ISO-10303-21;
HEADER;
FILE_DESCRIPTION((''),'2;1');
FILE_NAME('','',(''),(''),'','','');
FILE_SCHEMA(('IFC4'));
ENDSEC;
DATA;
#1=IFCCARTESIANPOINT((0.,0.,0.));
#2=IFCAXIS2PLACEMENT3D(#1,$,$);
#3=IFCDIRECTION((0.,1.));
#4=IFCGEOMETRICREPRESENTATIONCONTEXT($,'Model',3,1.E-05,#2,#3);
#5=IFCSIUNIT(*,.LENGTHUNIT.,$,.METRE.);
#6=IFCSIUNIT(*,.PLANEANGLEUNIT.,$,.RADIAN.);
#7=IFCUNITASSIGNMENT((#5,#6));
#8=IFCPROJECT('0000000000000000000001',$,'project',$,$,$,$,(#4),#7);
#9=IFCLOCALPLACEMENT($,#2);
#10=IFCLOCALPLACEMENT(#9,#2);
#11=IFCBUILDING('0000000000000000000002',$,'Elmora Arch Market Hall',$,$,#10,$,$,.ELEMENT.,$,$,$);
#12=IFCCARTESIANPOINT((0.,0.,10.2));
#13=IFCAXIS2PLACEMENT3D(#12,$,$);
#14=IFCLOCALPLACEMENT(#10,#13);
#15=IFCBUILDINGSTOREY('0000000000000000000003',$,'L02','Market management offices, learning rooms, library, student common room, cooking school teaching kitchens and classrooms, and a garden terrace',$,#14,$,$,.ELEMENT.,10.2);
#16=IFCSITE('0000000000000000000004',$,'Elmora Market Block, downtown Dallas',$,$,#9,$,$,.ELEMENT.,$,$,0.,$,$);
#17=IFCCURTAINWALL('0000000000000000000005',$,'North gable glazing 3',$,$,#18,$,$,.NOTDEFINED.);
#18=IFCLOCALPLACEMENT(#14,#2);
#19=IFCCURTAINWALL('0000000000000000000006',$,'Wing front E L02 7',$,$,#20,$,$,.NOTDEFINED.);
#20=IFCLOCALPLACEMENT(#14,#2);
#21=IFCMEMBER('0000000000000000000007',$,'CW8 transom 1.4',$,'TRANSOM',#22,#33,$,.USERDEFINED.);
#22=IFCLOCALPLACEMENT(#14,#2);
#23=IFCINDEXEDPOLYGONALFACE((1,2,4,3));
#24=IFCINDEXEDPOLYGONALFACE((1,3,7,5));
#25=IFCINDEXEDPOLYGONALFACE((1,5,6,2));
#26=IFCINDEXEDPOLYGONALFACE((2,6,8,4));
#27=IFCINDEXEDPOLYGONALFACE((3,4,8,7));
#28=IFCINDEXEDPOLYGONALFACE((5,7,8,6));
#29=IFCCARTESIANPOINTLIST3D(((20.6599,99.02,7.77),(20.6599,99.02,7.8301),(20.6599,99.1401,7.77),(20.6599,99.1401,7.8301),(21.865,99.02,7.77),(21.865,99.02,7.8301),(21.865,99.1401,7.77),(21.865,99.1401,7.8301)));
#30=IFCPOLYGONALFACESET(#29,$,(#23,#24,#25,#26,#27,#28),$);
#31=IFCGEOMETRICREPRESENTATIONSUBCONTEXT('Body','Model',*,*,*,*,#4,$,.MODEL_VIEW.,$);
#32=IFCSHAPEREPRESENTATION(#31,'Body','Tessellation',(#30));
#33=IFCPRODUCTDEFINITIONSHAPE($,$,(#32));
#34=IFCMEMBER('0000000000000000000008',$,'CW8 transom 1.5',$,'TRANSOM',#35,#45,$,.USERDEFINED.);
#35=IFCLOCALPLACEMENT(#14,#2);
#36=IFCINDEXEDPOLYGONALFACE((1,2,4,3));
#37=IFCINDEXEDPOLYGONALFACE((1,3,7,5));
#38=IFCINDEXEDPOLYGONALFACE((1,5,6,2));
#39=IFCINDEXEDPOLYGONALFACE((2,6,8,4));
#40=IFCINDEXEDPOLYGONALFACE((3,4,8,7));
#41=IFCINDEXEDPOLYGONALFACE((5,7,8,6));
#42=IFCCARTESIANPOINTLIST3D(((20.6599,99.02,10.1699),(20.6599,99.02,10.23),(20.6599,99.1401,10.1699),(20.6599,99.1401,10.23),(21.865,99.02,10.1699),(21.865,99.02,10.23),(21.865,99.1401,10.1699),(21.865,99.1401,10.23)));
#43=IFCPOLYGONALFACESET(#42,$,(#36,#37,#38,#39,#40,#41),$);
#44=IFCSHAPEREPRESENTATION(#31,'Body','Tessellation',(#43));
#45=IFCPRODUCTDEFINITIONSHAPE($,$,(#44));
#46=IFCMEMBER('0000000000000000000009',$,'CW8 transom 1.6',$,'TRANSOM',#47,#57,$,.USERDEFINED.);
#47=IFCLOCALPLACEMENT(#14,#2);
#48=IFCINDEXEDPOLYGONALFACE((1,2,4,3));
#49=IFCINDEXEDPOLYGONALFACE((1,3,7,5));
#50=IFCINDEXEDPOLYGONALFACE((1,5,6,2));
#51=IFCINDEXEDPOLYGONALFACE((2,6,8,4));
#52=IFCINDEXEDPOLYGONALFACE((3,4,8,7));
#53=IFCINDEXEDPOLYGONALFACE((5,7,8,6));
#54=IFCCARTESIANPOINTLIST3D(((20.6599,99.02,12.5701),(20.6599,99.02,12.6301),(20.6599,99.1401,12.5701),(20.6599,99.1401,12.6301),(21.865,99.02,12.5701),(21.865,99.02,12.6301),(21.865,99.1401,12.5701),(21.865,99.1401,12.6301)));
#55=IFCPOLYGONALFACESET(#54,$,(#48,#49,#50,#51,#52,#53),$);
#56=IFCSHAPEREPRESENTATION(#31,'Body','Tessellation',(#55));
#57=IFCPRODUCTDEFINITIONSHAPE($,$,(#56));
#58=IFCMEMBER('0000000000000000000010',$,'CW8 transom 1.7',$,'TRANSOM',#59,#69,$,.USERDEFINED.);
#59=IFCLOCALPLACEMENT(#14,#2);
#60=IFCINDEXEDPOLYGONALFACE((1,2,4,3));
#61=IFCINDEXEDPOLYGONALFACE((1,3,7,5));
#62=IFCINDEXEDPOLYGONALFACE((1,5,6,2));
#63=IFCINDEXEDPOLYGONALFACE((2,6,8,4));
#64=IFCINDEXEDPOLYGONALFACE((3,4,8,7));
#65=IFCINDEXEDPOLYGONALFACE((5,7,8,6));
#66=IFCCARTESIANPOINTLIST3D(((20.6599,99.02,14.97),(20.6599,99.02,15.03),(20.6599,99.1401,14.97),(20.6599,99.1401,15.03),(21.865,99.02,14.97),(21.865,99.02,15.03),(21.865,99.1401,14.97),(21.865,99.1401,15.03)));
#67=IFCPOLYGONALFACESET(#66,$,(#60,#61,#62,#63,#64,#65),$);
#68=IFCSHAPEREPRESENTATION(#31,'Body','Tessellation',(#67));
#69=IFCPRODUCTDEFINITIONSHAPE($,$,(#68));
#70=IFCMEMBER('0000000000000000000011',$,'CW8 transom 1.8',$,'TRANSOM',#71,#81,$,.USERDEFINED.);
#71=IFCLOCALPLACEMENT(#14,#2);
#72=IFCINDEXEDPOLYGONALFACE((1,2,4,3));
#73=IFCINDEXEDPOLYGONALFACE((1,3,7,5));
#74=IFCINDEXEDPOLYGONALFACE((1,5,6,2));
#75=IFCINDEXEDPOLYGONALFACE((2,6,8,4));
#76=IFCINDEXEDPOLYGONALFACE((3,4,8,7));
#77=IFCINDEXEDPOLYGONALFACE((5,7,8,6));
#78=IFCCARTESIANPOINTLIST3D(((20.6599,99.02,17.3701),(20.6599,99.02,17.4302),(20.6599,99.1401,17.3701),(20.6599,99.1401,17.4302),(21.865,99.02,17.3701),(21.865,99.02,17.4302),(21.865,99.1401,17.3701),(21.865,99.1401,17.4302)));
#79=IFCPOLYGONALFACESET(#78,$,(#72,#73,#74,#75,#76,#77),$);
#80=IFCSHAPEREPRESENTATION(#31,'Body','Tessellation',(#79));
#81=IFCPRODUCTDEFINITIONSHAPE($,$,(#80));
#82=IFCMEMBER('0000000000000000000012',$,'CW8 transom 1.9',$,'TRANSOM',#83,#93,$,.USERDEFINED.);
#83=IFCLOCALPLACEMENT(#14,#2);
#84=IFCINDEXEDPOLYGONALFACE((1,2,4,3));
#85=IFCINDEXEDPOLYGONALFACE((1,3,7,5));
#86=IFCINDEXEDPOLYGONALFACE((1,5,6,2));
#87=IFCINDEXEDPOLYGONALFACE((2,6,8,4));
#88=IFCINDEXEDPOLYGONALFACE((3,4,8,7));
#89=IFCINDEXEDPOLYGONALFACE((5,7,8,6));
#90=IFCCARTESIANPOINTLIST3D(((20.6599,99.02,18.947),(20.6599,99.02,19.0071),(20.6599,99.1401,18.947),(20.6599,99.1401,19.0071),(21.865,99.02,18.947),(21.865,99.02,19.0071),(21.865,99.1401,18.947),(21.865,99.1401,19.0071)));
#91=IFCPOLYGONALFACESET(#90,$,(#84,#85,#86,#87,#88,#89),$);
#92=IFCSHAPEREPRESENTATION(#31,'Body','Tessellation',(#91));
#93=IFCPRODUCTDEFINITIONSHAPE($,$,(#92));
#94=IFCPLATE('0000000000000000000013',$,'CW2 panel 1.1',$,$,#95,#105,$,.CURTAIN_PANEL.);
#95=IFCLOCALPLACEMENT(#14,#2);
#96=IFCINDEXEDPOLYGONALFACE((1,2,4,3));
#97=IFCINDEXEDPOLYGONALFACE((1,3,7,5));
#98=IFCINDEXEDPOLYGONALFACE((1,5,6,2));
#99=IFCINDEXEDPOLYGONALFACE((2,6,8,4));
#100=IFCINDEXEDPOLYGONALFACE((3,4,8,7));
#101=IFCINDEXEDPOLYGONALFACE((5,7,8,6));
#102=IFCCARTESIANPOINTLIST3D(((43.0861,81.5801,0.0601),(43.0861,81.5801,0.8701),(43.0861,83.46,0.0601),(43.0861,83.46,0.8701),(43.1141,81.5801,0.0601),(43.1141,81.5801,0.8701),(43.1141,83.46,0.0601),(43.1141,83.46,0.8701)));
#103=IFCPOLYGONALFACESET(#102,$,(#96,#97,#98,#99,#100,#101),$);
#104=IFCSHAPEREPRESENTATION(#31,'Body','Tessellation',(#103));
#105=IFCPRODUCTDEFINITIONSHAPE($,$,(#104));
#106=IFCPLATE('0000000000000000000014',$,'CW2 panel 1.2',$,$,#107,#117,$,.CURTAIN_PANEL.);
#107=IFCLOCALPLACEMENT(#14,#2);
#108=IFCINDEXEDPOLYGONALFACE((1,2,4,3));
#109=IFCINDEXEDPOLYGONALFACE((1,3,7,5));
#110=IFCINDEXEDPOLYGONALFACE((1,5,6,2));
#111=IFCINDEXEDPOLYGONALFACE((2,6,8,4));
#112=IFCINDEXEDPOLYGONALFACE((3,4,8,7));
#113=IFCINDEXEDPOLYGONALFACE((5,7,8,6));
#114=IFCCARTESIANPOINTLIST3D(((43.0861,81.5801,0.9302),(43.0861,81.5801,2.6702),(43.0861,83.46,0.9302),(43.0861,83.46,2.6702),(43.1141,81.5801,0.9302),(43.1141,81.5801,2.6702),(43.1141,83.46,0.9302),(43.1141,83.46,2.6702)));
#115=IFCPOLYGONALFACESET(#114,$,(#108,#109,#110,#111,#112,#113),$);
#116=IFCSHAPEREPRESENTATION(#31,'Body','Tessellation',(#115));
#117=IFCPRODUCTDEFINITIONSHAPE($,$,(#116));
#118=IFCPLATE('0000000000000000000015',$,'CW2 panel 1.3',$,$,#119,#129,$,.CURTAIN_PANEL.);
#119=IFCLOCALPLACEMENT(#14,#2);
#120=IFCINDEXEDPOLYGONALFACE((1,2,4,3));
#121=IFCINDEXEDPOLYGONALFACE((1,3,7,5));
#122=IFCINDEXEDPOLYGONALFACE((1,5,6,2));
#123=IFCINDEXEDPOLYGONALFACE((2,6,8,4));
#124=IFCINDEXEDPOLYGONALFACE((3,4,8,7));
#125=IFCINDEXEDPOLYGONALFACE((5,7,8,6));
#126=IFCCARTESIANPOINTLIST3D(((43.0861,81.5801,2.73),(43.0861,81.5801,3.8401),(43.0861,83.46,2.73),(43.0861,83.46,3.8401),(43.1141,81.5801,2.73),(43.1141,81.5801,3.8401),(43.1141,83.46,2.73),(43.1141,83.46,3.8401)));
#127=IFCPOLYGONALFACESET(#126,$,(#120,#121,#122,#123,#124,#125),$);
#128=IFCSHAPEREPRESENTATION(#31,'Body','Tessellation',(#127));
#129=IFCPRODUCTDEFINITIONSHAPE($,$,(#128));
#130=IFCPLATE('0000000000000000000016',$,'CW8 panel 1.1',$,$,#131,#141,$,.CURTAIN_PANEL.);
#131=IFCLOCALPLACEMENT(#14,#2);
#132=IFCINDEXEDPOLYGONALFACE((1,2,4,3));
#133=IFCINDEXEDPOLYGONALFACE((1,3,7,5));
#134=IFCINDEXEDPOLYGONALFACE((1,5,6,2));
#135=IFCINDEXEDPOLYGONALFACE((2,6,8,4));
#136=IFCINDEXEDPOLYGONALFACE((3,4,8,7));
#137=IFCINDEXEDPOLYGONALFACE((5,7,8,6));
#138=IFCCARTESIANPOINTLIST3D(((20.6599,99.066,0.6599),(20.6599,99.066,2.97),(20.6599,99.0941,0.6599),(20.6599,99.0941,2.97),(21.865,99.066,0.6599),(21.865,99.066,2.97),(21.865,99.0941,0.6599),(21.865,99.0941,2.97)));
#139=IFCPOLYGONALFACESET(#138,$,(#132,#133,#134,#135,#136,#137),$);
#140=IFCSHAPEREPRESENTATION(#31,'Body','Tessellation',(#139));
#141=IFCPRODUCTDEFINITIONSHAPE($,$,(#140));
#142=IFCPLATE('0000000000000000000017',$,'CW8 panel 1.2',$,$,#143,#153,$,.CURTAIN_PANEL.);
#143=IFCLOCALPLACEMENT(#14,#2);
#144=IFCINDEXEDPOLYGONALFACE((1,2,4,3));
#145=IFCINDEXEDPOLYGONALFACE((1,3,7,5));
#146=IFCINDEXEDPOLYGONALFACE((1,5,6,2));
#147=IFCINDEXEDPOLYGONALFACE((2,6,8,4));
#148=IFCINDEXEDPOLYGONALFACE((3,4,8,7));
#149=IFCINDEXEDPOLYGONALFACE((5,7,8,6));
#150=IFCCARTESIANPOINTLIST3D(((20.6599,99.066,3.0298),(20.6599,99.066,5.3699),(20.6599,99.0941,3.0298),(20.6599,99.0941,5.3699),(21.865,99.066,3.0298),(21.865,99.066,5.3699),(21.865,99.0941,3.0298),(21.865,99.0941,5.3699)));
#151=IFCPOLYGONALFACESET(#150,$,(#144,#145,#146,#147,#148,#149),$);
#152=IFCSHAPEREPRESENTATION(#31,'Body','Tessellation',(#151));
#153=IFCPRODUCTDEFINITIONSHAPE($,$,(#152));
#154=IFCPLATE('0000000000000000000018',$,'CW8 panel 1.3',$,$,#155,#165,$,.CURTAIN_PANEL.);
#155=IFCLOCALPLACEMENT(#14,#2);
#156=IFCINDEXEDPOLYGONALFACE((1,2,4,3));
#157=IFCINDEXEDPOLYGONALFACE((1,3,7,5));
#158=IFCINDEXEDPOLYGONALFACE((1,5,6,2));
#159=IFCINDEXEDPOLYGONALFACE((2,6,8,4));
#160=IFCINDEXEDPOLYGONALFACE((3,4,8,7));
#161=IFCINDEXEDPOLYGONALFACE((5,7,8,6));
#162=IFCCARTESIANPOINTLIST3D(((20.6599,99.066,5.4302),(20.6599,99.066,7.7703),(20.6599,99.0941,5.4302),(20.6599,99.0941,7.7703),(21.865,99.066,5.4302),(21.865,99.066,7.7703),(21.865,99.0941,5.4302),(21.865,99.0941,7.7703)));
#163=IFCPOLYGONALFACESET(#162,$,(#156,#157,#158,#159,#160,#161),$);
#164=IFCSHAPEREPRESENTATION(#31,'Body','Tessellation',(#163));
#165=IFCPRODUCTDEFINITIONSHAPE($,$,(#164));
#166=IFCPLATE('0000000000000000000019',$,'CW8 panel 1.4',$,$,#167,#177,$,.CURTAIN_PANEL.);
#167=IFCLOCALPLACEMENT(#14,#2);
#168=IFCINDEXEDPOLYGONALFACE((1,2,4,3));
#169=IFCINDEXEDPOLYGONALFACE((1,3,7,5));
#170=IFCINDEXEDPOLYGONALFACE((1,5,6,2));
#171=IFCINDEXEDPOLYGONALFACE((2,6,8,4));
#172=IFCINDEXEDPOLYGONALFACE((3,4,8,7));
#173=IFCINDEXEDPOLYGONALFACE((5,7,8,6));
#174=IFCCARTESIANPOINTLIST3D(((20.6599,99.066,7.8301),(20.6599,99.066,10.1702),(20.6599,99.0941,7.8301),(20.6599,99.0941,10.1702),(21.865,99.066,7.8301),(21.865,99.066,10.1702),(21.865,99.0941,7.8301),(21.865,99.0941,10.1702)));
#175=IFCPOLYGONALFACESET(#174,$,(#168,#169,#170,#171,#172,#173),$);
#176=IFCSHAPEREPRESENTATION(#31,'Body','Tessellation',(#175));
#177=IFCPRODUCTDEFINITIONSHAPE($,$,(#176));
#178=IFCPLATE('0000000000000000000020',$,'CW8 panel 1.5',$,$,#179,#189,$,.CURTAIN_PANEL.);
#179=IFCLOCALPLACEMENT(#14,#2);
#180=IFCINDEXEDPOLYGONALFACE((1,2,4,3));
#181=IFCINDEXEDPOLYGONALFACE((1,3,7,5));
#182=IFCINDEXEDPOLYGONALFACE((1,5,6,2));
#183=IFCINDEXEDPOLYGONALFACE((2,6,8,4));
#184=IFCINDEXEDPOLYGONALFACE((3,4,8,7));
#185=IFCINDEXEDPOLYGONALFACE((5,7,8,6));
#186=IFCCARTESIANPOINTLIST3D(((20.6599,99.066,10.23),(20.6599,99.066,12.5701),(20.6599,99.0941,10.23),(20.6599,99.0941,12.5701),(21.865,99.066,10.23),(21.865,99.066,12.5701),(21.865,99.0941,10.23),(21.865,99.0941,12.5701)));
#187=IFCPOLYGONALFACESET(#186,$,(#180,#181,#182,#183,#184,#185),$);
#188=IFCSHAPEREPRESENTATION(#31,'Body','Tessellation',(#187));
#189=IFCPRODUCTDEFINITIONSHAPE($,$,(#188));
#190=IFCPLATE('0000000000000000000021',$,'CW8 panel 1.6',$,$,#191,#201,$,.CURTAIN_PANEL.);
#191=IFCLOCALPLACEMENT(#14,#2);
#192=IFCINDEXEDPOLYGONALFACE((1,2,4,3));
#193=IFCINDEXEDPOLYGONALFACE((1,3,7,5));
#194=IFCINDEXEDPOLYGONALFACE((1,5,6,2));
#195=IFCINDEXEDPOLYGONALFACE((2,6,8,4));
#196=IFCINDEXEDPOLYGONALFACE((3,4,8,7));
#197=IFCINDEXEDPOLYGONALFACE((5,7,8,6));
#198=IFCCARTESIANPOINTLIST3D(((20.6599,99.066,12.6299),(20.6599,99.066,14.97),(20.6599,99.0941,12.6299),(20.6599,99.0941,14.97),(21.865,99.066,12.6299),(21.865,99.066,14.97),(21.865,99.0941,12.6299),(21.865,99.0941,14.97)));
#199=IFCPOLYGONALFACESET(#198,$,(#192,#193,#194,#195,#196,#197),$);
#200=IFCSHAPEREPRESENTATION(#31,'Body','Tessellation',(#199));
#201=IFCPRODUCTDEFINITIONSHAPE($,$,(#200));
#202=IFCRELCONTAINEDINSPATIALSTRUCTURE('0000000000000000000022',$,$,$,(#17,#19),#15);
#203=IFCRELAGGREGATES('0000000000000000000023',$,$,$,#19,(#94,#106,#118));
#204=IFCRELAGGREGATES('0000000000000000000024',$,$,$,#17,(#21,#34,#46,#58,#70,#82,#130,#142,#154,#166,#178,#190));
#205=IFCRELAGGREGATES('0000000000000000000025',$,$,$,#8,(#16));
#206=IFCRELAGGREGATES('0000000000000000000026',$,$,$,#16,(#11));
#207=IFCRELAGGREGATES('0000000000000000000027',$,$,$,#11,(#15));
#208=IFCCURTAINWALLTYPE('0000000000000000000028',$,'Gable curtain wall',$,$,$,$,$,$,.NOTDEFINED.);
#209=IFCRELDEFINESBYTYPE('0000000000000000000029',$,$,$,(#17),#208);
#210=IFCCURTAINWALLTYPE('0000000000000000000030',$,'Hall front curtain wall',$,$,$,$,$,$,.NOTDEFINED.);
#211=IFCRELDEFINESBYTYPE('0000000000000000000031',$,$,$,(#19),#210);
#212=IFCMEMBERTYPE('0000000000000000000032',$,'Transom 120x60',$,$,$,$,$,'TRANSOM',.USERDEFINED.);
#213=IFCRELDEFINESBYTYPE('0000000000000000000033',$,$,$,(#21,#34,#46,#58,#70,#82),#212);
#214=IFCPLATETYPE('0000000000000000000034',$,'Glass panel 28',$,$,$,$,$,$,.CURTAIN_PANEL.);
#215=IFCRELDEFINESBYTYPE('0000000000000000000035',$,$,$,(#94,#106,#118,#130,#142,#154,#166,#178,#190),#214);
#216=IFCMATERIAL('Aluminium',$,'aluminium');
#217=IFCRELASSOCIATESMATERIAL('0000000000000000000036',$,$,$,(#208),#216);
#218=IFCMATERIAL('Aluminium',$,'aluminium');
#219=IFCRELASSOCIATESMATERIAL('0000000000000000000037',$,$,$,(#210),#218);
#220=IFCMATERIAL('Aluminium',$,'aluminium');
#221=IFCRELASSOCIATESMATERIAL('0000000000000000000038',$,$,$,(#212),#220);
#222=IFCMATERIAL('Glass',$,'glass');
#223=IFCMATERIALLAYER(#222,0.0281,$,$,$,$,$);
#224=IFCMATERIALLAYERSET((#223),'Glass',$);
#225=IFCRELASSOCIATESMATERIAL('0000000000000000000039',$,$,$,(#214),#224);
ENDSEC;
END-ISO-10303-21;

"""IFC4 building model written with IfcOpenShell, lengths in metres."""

from ifc_helpers import new_model, si_unit, direction, frame, origin, origin_2d, place, context, subcontext, project, spatial, rectangle, extrude, material, layer, layer_set, material_profile, profile_set, type_object, element, aggregate, save


model = new_model("IFC4")

# Units and contexts
model_context = context("Model", 3, precision=1e-05, world=origin(), true_north=direction((0.0, 1.0)))
body_context = subcontext(model_context, "Body", "Model", "MODEL_VIEW")
ifc_project = project(units=[si_unit("LENGTHUNIT", "METRE"), si_unit("PLANEANGLEUNIT", "RADIAN")], contexts=[model_context])

# Site, building, storey
site_placement = place(None, origin())
site = spatial("IfcSite", under=ifc_project, at=site_placement, Name="Elmora Market Block, downtown Dallas", CompositionType="ELEMENT", RefElevation=0.0)
building_placement = place(site_placement, origin())
building = spatial("IfcBuilding", under=site, at=building_placement, Name="Elmora Arch Market Hall", CompositionType="ELEMENT")
storey_placement = place(building_placement, frame((0.0, 0.0, 10.2)))
storey = spatial("IfcBuildingStorey", under=building, at=storey_placement, Name="L02", Description="Market management offices, learning rooms, library, student common room, cooking school teaching kitchens and classrooms, and a garden terrace", CompositionType="ELEMENT", Elevation=10.2)

# Curtain wall
ifc_material_1 = material(Name="Aluminium", Category="aluminium")
curtain_wall_type_1 = type_object("IfcCurtainWallType", Name="Gable curtain wall", PredefinedType="NOTDEFINED", material=ifc_material_1)
curtain_wall_1_placement = place(storey_placement, origin())
curtain_wall_1 = element("IfcCurtainWall", 1, at=curtain_wall_1_placement, inside=storey, type_object=curtain_wall_type_1, Name="North gable glazing 3", PredefinedType="NOTDEFINED")

# Curtain wall
ifc_material_2 = material(Name="Aluminium", Category="aluminium")
curtain_wall_type_2 = type_object("IfcCurtainWallType", Name="Hall front curtain wall", PredefinedType="NOTDEFINED", material=ifc_material_2)
curtain_wall_2_placement = place(storey_placement, origin())
curtain_wall_2 = element("IfcCurtainWall", 2, at=curtain_wall_2_placement, inside=storey, type_object=curtain_wall_type_2, Name="Wing front E L02 7", PredefinedType="NOTDEFINED")
ifc_material_3 = material(Name="Aluminium", Category="aluminium")
ifc_material_profile_1 = material_profile(ifc_material_3, rectangle(XDim=0.1201, YDim=0.0601, at=origin_2d()), Name="AL 120x60")
ifc_profile_set_1 = profile_set([ifc_material_profile_1], Name="Aluminium")
member_type_1 = type_object("IfcMemberType", Name="Transom 120x60", ElementType="TRANSOM", PredefinedType="USERDEFINED", material=ifc_profile_set_1)

# Members
member_1_placement = place(storey_placement, frame((20.6599, 99.0801, 7.8), z_axis=(1.0, 0.0, 0.0), x_axis=(0.0, 1.0, 0.0)))
member_1 = element("IfcMember", 3, at=member_1_placement, type_object=member_type_1, Name="CW8 transom 1.4", ObjectType="TRANSOM", PredefinedType="USERDEFINED", context=body_context, shape_type="SweptSolid", body=[
    extrude(rectangle(XDim=0.1201, YDim=0.0601, at=origin_2d()), origin(), (0.0, 0.0, 1.0), 1.2051),
])
member_2_placement = place(storey_placement, frame((20.6599, 99.0801, 10.2), z_axis=(1.0, 0.0, 0.0), x_axis=(0.0, 1.0, 0.0)))
member_2 = element("IfcMember", 4, at=member_2_placement, type_object=member_type_1, Name="CW8 transom 1.5", ObjectType="TRANSOM", PredefinedType="USERDEFINED", context=body_context, shape_type="SweptSolid", body=[
    extrude(rectangle(XDim=0.1201, YDim=0.0601, at=origin_2d()), origin(), (0.0, 0.0, 1.0), 1.2051),
])
member_3_placement = place(storey_placement, frame((20.6599, 99.0801, 12.6001), z_axis=(1.0, 0.0, 0.0), x_axis=(0.0, 1.0, 0.0)))
member_3 = element("IfcMember", 5, at=member_3_placement, type_object=member_type_1, Name="CW8 transom 1.6", ObjectType="TRANSOM", PredefinedType="USERDEFINED", context=body_context, shape_type="SweptSolid", body=[
    extrude(rectangle(XDim=0.1201, YDim=0.0601, at=origin_2d()), origin(), (0.0, 0.0, 1.0), 1.2051),
])
member_4_placement = place(storey_placement, frame((20.6599, 99.0801, 15.0), z_axis=(1.0, 0.0, 0.0), x_axis=(0.0, 1.0, 0.0)))
member_4 = element("IfcMember", 6, at=member_4_placement, type_object=member_type_1, Name="CW8 transom 1.7", ObjectType="TRANSOM", PredefinedType="USERDEFINED", context=body_context, shape_type="SweptSolid", body=[
    extrude(rectangle(XDim=0.1201, YDim=0.0601, at=origin_2d()), origin(), (0.0, 0.0, 1.0), 1.2051),
])
member_5_placement = place(storey_placement, frame((20.6599, 99.0801, 17.4001), z_axis=(1.0, 0.0, 0.0), x_axis=(0.0, 1.0, 0.0)))
member_5 = element("IfcMember", 7, at=member_5_placement, type_object=member_type_1, Name="CW8 transom 1.8", ObjectType="TRANSOM", PredefinedType="USERDEFINED", context=body_context, shape_type="SweptSolid", body=[
    extrude(rectangle(XDim=0.1201, YDim=0.0601, at=origin_2d()), origin(), (0.0, 0.0, 1.0), 1.2051),
])
member_6_placement = place(storey_placement, frame((20.6599, 99.0801, 18.9771), z_axis=(1.0, 0.0, 0.0), x_axis=(0.0, 1.0, 0.0)))
member_6 = element("IfcMember", 8, at=member_6_placement, type_object=member_type_1, Name="CW8 transom 1.9", ObjectType="TRANSOM", PredefinedType="USERDEFINED", context=body_context, shape_type="SweptSolid", body=[
    extrude(rectangle(XDim=0.1201, YDim=0.0601, at=origin_2d()), origin(), (0.0, 0.0, 1.0), 1.2051),
])

# Plates
ifc_material_4 = material(Name="Glass", Category="glass")
ifc_layer = layer(ifc_material_4, 0.0281)
ifc_layer_set = layer_set([ifc_layer], Name="Glass")
plate_type = type_object("IfcPlateType", Name="Glass panel 28", PredefinedType="CURTAIN_PANEL", material=ifc_layer_set)
plate_1_placement = place(storey_placement, frame((43.1001, 82.52, 0.0601), z_axis=(0.0, 0.0, 1.0), x_axis=(0.0, 1.0, 0.0)))
plate_1 = element("IfcPlate", 9, at=plate_1_placement, type_object=plate_type, Name="CW2 panel 1.1", PredefinedType="CURTAIN_PANEL", context=body_context, shape_type="SweptSolid", body=[
    extrude(rectangle(XDim=1.8799, YDim=0.0281, at=origin_2d()), origin(), (0.0, 0.0, 1.0), 0.8101),
])
plate_2_placement = place(storey_placement, frame((43.1001, 82.52, 0.9302), z_axis=(0.0, 0.0, 1.0), x_axis=(0.0, 1.0, 0.0)))
plate_2 = element("IfcPlate", 10, at=plate_2_placement, type_object=plate_type, Name="CW2 panel 1.2", PredefinedType="CURTAIN_PANEL", context=body_context, shape_type="SweptSolid", body=[
    extrude(rectangle(XDim=1.8799, YDim=0.0281, at=origin_2d()), origin(), (0.0, 0.0, 1.0), 1.74),
])
plate_3_placement = place(storey_placement, frame((43.1001, 82.52, 2.73), z_axis=(0.0, 0.0, 1.0), x_axis=(0.0, 1.0, 0.0)))
plate_3 = element("IfcPlate", 11, at=plate_3_placement, type_object=plate_type, Name="CW2 panel 1.3", PredefinedType="CURTAIN_PANEL", context=body_context, shape_type="SweptSolid", body=[
    extrude(rectangle(XDim=1.8799, YDim=0.0281, at=origin_2d()), origin(), (0.0, 0.0, 1.0), 1.1101),
])
aggregate(curtain_wall_2, [plate_1, plate_2, plate_3])
plate_4_placement = place(storey_placement, frame((21.2625, 99.0801, 0.6599), z_axis=(0.0, 0.0, 1.0), x_axis=(1.0, 0.0, 0.0)))
plate_4 = element("IfcPlate", 12, at=plate_4_placement, type_object=plate_type, Name="CW8 panel 1.1", PredefinedType="CURTAIN_PANEL", context=body_context, shape_type="SweptSolid", body=[
    extrude(rectangle(XDim=1.2051, YDim=0.0281, at=origin_2d()), origin(), (0.0, 0.0, 1.0), 2.3101),
])
plate_5_placement = place(storey_placement, frame((21.2625, 99.0801, 3.0298), z_axis=(0.0, 0.0, 1.0), x_axis=(1.0, 0.0, 0.0)))
plate_5 = element("IfcPlate", 13, at=plate_5_placement, type_object=plate_type, Name="CW8 panel 1.2", PredefinedType="CURTAIN_PANEL", context=body_context, shape_type="SweptSolid", body=[
    extrude(rectangle(XDim=1.2051, YDim=0.0281, at=origin_2d()), origin(), (0.0, 0.0, 1.0), 2.3401),
])
plate_6_placement = place(storey_placement, frame((21.2625, 99.0801, 5.4302), z_axis=(0.0, 0.0, 1.0), x_axis=(1.0, 0.0, 0.0)))
plate_6 = element("IfcPlate", 14, at=plate_6_placement, type_object=plate_type, Name="CW8 panel 1.3", PredefinedType="CURTAIN_PANEL", context=body_context, shape_type="SweptSolid", body=[
    extrude(rectangle(XDim=1.2051, YDim=0.0281, at=origin_2d()), origin(), (0.0, 0.0, 1.0), 2.3401),
])
plate_7_placement = place(storey_placement, frame((21.2625, 99.0801, 7.8301), z_axis=(0.0, 0.0, 1.0), x_axis=(1.0, 0.0, 0.0)))
plate_7 = element("IfcPlate", 15, at=plate_7_placement, type_object=plate_type, Name="CW8 panel 1.4", PredefinedType="CURTAIN_PANEL", context=body_context, shape_type="SweptSolid", body=[
    extrude(rectangle(XDim=1.2051, YDim=0.0281, at=origin_2d()), origin(), (0.0, 0.0, 1.0), 2.3401),
])
plate_8_placement = place(storey_placement, frame((21.2625, 99.0801, 10.23), z_axis=(0.0, 0.0, 1.0), x_axis=(1.0, 0.0, 0.0)))
plate_8 = element("IfcPlate", 16, at=plate_8_placement, type_object=plate_type, Name="CW8 panel 1.5", PredefinedType="CURTAIN_PANEL", context=body_context, shape_type="SweptSolid", body=[
    extrude(rectangle(XDim=1.2051, YDim=0.0281, at=origin_2d()), origin(), (0.0, 0.0, 1.0), 2.3401),
])
plate_9_placement = place(storey_placement, frame((21.2625, 99.0801, 12.6299), z_axis=(0.0, 0.0, 1.0), x_axis=(1.0, 0.0, 0.0)))
plate_9 = element("IfcPlate", 17, at=plate_9_placement, type_object=plate_type, Name="CW8 panel 1.6", PredefinedType="CURTAIN_PANEL", context=body_context, shape_type="SweptSolid", body=[
    extrude(rectangle(XDim=1.2051, YDim=0.0281, at=origin_2d()), origin(), (0.0, 0.0, 1.0), 2.3401),
])
aggregate(curtain_wall_1, [member_1, member_2, member_3, member_4, member_5, member_6, plate_4, plate_5, plate_6, plate_7, plate_8, plate_9])

save(model, "model.ifc")
